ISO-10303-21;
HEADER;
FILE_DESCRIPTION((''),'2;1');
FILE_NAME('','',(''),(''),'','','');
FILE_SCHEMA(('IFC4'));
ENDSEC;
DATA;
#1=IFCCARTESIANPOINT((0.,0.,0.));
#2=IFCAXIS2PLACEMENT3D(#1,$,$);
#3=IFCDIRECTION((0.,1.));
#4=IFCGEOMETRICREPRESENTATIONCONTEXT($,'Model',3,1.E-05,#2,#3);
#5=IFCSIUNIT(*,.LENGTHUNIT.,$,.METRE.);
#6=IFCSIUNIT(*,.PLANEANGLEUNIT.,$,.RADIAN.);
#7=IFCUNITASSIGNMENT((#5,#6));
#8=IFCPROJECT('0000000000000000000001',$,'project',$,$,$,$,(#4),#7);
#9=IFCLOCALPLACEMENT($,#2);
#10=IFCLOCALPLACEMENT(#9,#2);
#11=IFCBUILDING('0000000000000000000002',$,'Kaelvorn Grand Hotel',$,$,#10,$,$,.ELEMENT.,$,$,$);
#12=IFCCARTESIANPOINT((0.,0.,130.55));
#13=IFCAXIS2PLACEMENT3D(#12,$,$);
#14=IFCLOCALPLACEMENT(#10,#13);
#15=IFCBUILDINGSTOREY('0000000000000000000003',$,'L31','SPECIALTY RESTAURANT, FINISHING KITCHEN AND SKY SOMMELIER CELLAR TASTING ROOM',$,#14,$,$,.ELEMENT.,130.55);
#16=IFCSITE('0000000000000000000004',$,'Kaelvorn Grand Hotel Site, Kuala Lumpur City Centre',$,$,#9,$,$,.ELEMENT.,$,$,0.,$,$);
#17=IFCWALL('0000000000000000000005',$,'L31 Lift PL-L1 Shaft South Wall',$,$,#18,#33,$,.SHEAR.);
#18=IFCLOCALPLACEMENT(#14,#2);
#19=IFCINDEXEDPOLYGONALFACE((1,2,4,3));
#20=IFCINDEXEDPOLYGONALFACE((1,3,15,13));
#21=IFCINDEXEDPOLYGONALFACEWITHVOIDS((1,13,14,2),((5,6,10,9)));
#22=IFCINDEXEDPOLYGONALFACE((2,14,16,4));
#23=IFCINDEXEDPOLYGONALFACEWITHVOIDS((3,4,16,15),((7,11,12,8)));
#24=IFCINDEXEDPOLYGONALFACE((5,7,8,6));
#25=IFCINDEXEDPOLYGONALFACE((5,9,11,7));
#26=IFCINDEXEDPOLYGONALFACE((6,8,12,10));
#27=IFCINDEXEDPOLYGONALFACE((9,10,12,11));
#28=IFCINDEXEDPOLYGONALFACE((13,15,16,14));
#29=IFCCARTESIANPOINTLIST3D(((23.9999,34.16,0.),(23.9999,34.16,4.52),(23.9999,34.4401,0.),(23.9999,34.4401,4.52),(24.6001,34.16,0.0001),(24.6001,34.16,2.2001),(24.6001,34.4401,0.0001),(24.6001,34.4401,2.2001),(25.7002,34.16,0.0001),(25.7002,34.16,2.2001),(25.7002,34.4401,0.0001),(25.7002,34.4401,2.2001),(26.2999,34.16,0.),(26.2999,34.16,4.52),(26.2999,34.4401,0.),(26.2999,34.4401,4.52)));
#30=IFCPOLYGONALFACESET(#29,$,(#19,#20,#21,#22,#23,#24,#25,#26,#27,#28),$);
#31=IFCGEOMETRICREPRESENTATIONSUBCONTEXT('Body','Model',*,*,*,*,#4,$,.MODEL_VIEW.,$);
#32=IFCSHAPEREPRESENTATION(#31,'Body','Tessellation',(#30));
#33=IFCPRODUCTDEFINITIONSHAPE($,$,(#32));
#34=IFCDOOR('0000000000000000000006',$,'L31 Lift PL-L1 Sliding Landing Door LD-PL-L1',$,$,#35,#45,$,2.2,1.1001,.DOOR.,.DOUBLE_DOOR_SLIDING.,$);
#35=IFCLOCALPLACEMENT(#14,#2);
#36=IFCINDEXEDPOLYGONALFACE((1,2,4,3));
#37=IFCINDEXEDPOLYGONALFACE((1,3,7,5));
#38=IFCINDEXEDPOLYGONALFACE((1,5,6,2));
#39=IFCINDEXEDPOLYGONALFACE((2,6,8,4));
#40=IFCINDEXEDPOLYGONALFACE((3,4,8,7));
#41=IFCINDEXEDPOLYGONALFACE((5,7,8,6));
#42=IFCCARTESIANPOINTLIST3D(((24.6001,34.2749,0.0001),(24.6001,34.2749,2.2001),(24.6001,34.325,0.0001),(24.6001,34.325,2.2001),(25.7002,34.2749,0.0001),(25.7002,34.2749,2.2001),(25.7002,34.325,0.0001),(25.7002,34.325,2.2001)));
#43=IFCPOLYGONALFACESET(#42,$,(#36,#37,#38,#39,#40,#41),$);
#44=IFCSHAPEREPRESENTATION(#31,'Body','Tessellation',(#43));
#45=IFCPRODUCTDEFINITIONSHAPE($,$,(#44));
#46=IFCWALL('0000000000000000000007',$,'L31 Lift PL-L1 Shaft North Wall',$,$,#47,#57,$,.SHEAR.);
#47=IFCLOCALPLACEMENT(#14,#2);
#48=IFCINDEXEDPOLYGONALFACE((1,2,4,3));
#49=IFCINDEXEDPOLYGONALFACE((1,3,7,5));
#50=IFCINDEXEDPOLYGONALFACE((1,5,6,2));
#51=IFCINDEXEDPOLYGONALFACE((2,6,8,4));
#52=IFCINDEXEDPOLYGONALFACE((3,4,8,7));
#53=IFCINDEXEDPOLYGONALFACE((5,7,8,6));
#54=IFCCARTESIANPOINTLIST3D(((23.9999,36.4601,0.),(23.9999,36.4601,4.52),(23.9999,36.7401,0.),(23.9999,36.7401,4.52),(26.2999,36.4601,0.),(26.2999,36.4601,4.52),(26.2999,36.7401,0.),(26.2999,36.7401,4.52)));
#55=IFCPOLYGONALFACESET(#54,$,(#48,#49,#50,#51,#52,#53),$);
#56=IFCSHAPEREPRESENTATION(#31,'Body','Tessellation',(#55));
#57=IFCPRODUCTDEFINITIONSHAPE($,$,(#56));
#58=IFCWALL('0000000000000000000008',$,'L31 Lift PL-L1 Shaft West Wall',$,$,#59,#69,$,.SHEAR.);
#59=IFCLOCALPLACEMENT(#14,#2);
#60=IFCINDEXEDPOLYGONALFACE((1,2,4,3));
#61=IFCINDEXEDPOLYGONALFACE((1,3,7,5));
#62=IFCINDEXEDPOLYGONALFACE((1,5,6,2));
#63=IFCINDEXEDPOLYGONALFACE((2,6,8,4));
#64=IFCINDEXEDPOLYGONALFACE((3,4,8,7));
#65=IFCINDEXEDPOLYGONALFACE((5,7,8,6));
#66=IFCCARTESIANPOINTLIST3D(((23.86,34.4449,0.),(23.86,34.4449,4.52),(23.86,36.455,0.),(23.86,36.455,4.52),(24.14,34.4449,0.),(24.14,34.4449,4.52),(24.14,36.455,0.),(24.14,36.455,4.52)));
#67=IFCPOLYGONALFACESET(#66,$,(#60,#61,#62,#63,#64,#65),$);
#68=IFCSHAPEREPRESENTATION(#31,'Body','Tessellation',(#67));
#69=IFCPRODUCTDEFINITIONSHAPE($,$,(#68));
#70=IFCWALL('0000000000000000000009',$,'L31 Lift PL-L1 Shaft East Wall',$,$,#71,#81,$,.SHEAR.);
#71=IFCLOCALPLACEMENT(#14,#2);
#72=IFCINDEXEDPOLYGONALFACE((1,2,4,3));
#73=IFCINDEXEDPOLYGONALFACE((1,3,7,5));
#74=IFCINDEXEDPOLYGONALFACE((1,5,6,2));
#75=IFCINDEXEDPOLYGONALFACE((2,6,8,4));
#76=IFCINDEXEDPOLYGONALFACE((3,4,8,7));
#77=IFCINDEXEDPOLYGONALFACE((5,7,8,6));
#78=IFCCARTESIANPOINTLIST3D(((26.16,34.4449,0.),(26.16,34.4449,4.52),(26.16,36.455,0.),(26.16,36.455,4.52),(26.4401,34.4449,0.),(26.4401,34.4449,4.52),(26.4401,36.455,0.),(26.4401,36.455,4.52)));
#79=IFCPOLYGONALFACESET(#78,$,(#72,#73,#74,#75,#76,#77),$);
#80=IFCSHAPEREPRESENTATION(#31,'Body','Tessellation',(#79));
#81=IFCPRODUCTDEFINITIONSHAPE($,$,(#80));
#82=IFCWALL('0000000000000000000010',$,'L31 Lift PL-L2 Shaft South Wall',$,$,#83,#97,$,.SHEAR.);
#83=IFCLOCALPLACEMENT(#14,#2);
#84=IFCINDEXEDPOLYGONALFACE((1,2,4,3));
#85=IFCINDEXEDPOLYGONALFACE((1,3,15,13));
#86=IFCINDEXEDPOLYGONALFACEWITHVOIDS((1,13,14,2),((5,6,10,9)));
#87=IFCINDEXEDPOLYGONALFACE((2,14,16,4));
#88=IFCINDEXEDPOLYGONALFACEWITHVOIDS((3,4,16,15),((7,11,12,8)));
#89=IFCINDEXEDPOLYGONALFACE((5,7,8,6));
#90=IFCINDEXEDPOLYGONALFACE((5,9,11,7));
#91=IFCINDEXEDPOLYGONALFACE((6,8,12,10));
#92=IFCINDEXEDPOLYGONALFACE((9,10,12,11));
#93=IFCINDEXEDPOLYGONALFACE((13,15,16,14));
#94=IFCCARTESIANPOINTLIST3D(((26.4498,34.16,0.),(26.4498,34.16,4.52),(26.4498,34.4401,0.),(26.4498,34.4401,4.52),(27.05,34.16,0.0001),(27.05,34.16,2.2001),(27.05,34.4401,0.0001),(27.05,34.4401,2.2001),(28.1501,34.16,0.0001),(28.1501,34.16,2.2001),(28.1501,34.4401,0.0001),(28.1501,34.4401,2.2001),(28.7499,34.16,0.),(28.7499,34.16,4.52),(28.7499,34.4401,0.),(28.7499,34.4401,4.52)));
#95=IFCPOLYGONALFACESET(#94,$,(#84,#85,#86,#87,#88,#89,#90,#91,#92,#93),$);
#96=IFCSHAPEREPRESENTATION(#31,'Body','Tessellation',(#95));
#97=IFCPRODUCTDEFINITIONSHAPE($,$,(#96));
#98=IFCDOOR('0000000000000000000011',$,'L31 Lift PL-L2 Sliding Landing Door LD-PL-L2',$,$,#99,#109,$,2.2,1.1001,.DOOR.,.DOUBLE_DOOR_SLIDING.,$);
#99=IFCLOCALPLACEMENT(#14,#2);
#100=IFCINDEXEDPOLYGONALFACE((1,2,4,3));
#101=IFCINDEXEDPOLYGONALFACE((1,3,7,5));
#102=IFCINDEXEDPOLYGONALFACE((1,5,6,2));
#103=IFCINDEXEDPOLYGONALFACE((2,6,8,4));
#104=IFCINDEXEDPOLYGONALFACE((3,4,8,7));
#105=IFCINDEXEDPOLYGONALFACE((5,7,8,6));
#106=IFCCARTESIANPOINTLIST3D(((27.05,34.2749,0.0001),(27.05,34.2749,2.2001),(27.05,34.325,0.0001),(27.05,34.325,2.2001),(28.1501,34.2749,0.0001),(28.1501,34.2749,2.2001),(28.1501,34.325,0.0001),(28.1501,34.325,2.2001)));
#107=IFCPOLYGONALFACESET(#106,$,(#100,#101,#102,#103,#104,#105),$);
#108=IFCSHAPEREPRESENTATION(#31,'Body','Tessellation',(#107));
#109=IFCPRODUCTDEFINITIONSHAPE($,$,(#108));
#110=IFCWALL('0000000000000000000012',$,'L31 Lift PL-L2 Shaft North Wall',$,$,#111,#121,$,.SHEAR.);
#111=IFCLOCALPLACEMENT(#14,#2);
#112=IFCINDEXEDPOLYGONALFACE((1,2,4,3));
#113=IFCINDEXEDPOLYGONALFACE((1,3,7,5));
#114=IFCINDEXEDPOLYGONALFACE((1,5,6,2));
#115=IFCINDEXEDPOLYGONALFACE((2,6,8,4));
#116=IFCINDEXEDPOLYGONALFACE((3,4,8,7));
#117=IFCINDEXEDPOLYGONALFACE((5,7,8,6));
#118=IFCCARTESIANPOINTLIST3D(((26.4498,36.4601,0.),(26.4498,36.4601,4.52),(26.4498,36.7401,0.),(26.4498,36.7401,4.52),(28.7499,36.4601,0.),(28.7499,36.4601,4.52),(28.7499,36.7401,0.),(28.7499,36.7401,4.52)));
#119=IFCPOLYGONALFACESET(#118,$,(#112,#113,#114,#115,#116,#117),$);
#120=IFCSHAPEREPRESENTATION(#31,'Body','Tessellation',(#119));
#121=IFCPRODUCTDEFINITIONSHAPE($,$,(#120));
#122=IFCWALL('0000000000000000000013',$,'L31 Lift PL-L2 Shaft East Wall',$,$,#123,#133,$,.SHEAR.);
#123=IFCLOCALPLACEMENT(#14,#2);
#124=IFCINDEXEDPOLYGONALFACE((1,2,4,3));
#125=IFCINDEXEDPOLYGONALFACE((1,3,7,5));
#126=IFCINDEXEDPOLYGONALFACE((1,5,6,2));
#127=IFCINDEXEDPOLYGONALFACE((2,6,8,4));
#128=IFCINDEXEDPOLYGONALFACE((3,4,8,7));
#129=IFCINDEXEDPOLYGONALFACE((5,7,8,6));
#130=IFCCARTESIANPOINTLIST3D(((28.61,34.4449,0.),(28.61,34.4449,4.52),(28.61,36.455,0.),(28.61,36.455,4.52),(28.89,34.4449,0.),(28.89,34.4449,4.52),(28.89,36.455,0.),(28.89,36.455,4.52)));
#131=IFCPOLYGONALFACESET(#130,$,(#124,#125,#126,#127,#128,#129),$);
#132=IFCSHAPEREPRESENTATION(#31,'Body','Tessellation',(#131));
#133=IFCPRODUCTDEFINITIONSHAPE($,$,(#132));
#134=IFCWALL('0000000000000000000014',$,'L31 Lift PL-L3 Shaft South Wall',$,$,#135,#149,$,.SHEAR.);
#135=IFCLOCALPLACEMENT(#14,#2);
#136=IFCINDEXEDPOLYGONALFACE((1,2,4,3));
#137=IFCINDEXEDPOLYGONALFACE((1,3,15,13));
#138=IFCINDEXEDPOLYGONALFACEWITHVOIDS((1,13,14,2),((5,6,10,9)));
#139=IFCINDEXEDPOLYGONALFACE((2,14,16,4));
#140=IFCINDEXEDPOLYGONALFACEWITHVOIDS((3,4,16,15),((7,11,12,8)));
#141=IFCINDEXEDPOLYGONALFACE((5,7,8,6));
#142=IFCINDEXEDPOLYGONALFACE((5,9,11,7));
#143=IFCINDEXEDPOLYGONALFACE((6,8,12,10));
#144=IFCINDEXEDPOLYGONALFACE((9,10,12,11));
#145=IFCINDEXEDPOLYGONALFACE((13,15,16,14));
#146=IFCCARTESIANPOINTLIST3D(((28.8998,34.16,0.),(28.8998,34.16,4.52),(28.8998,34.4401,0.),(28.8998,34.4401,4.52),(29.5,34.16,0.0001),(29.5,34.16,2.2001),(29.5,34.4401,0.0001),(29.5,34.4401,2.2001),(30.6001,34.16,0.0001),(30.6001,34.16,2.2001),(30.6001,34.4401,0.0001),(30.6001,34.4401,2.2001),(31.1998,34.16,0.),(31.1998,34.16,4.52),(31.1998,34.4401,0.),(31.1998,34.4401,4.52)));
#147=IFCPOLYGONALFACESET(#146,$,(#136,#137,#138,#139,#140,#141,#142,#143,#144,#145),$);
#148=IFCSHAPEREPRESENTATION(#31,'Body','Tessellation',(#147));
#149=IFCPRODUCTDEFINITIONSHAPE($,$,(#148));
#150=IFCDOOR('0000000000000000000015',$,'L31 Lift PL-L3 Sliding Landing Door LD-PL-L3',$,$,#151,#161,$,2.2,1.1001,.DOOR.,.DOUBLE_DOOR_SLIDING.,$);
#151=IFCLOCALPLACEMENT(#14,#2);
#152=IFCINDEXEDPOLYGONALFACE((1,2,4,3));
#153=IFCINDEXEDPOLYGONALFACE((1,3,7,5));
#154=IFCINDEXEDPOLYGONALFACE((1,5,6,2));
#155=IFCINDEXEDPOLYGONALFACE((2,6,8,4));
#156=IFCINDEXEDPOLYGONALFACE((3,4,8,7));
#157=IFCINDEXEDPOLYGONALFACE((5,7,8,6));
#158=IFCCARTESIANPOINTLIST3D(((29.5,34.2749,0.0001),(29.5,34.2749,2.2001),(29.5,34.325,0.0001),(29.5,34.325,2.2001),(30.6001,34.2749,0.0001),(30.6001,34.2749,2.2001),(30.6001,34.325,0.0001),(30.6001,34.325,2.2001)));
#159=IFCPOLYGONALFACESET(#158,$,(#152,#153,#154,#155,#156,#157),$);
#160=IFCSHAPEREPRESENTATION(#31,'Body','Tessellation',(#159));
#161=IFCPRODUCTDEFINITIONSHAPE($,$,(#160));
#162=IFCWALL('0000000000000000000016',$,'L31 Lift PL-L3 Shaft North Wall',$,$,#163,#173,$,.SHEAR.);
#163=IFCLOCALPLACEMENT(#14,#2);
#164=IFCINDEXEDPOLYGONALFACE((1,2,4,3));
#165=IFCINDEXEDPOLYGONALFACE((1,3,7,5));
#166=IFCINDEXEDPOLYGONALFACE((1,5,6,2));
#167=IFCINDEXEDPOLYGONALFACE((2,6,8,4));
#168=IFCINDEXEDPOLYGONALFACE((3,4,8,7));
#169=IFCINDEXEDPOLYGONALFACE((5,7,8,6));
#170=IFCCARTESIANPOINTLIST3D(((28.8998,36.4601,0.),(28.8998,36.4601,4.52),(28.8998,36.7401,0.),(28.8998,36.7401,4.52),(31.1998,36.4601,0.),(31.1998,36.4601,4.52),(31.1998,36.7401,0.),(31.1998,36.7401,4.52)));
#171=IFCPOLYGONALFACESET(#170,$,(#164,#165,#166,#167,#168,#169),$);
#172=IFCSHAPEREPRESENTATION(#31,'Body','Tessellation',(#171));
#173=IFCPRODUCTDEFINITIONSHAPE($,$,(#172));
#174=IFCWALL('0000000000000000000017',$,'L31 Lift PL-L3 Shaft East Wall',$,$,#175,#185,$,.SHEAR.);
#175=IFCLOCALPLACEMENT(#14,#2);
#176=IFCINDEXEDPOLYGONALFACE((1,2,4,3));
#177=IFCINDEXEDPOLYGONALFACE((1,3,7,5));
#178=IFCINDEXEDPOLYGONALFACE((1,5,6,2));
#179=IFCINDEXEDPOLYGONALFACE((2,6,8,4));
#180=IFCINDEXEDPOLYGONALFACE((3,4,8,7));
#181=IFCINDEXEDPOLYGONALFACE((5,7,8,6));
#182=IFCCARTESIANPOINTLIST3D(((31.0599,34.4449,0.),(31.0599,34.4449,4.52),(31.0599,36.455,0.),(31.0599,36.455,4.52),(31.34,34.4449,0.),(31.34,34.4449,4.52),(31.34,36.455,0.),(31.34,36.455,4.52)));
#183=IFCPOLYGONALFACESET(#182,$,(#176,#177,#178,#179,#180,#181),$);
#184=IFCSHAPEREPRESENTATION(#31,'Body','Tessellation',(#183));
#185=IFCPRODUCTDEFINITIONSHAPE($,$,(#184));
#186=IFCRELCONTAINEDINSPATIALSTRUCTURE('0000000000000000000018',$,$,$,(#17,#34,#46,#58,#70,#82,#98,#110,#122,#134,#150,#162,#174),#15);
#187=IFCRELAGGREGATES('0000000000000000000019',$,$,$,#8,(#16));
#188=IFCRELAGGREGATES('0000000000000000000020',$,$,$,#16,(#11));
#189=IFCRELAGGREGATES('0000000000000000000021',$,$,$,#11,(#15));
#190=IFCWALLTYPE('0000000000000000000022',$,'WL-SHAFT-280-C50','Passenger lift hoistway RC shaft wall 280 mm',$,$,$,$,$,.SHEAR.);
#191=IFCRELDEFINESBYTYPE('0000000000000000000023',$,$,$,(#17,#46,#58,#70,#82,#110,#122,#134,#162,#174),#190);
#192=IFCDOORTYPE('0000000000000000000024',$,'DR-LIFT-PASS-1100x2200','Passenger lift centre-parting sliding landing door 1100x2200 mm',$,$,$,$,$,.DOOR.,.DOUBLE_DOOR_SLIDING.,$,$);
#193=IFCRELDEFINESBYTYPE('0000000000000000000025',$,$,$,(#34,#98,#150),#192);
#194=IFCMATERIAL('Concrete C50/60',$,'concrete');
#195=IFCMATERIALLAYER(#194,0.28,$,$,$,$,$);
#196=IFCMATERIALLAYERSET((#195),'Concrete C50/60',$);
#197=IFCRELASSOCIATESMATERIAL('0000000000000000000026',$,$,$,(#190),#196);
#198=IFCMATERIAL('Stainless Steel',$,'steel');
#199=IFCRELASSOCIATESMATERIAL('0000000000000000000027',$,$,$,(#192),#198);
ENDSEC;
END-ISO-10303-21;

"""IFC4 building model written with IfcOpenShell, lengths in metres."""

from ifc_helpers import new_model, si_unit, direction, frame, frame_2d, origin, place, context, subcontext, project, spatial, rectangle, extrude, material, layer, layer_set, type_object, element, fill, save


model = new_model("IFC4")

# Units and contexts
model_context = context("Model", 3, precision=1e-05, world=origin(), true_north=direction((0.0, 1.0)))
body_context = subcontext(model_context, "Body", "Model", "MODEL_VIEW")
ifc_project = project(units=[si_unit("LENGTHUNIT", "METRE"), si_unit("PLANEANGLEUNIT", "RADIAN")], contexts=[model_context])

# Site, building, storey
site_placement = place(None, origin())
site = spatial("IfcSite", under=ifc_project, at=site_placement, Name="Kaelvorn Grand Hotel Site, Kuala Lumpur City Centre", CompositionType="ELEMENT", RefElevation=0.0)
building_placement = place(site_placement, origin())
building = spatial("IfcBuilding", under=site, at=building_placement, Name="Kaelvorn Grand Hotel", CompositionType="ELEMENT")
storey_placement = place(building_placement, frame((0.0, 0.0, 130.55)))
storey = spatial("IfcBuildingStorey", under=building, at=storey_placement, Name="L31", Description="SPECIALTY RESTAURANT, FINISHING KITCHEN AND SKY SOMMELIER CELLAR TASTING ROOM", CompositionType="ELEMENT", Elevation=130.55)

# Wall, opening, door
ifc_material_1 = material(Name="Concrete C50/60", Category="concrete")
ifc_layer_1 = layer(ifc_material_1, 0.28)
ifc_layer_set_1 = layer_set([ifc_layer_1], Name="Concrete C50/60")
wall_type_1 = type_object("IfcWallType", Name="WL-SHAFT-280-C50", Description="Passenger lift hoistway RC shaft wall 280 mm", PredefinedType="SHEAR", material=ifc_layer_set_1)
wall_1_placement = place(storey_placement, frame((24.0, 34.3, 0.0), z_axis=(0.0, 0.0, 1.0), x_axis=(1.0, 0.0, 0.0)))
wall_1 = element("IfcWall", 1, at=wall_1_placement, inside=storey, type_object=wall_type_1, Name="L31 Lift PL-L1 Shaft South Wall", PredefinedType="SHEAR", context=body_context, shape_type="SweptSolid", body=[
    extrude(rectangle(XDim=2.3, YDim=0.28, at=frame_2d((1.1499, 0.0))), origin(), (0.0, 0.0, 1.0), 4.52),
])
opening_1_placement = place(wall_1_placement, frame((0.6001, 0.0, 0.0)))
opening_1 = element("IfcOpeningElement", 2, at=opening_1_placement, cuts=wall_1, PredefinedType="OPENING", context=body_context, shape_type="SweptSolid", body=[
    extrude(rectangle(XDim=1.1001, YDim=2.2, at=frame_2d((0.55, 1.1001))), frame((0.0, 0.1499, 0.0), z_axis=(0.0, -1.0, 0.0), x_axis=(1.0, 0.0, 0.0)), (0.0, 0.0, 1.0), 0.3),
])
ifc_material_2 = material(Name="Stainless Steel", Category="steel")
door_type_1 = type_object("IfcDoorType", Name="DR-LIFT-PASS-1100x2200", Description="Passenger lift centre-parting sliding landing door 1100x2200 mm", OperationType="DOUBLE_DOOR_SLIDING", PredefinedType="DOOR", material=ifc_material_2)
door_1_placement = place(opening_1_placement, origin())
door_1 = element("IfcDoor", 3, at=door_1_placement, inside=storey, type_object=door_type_1, Name="L31 Lift PL-L1 Sliding Landing Door LD-PL-L1", OperationType="DOUBLE_DOOR_SLIDING", OverallHeight=2.2, OverallWidth=1.1001, PredefinedType="DOOR", context=body_context, shape_type="SweptSolid", body=[
    extrude(rectangle(XDim=1.1001, YDim=2.2, at=frame_2d((0.55, 1.1001))), frame((0.0, 0.0249, 0.0), z_axis=(0.0, -1.0, 0.0), x_axis=(1.0, 0.0, 0.0)), (0.0, 0.0, 1.0), 0.05),
])
fill(opening_1, door_1)

# Walls
wall_2_placement = place(storey_placement, frame((24.0, 36.6001, 0.0), z_axis=(0.0, 0.0, 1.0), x_axis=(1.0, 0.0, 0.0)))
element("IfcWall", 4, at=wall_2_placement, inside=storey, type_object=wall_type_1, Name="L31 Lift PL-L1 Shaft North Wall", PredefinedType="SHEAR", context=body_context, shape_type="SweptSolid", body=[
    extrude(rectangle(XDim=2.3, YDim=0.28, at=frame_2d((1.1499, 0.0))), origin(), (0.0, 0.0, 1.0), 4.52),
])
for number, where, z_axis, x_axis, name in (
    (5, (24.0, 34.4451, 0.0), (0.0, 0.0, 1.0), (0.0, 1.0, 0.0), "L31 Lift PL-L1 Shaft West Wall"),
    (6, (26.3, 34.4451, 0.0), (0.0, 0.0, 1.0), (0.0, 1.0, 0.0), "L31 Lift PL-L1 Shaft East Wall"),
):
    element("IfcWall", number, at=place(storey_placement, frame(where, z_axis=z_axis, x_axis=x_axis)), inside=storey, type_object=wall_type_1, Name=name, PredefinedType="SHEAR", context=body_context, shape_type="SweptSolid", body=[
        extrude(rectangle(XDim=2.01, YDim=0.28, at=frame_2d((1.0049, 0.0))), origin(), (0.0, 0.0, 1.0), 4.52),
    ])

# Wall, opening, door
wall_3_placement = place(storey_placement, frame((26.45, 34.3, 0.0), z_axis=(0.0, 0.0, 1.0), x_axis=(1.0, 0.0, 0.0)))
wall_3 = element("IfcWall", 7, at=wall_3_placement, inside=storey, type_object=wall_type_1, Name="L31 Lift PL-L2 Shaft South Wall", PredefinedType="SHEAR", context=body_context, shape_type="SweptSolid", body=[
    extrude(rectangle(XDim=2.3, YDim=0.28, at=frame_2d((1.1499, 0.0))), origin(), (0.0, 0.0, 1.0), 4.52),
])
opening_2_placement = place(wall_3_placement, frame((0.6001, 0.0, 0.0)))
opening_2 = element("IfcOpeningElement", 8, at=opening_2_placement, cuts=wall_3, PredefinedType="OPENING", context=body_context, shape_type="SweptSolid", body=[
    extrude(rectangle(XDim=1.1001, YDim=2.2, at=frame_2d((0.55, 1.1001))), frame((0.0, 0.1499, 0.0), z_axis=(0.0, -1.0, 0.0), x_axis=(1.0, 0.0, 0.0)), (0.0, 0.0, 1.0), 0.3),
])
door_2_placement = place(opening_2_placement, origin())
door_2 = element("IfcDoor", 9, at=door_2_placement, inside=storey, type_object=door_type_1, Name="L31 Lift PL-L2 Sliding Landing Door LD-PL-L2", OperationType="DOUBLE_DOOR_SLIDING", OverallHeight=2.2, OverallWidth=1.1001, PredefinedType="DOOR", context=body_context, shape_type="SweptSolid", body=[
    extrude(rectangle(XDim=1.1001, YDim=2.2, at=frame_2d((0.55, 1.1001))), frame((0.0, 0.0249, 0.0), z_axis=(0.0, -1.0, 0.0), x_axis=(1.0, 0.0, 0.0)), (0.0, 0.0, 1.0), 0.05),
])
fill(opening_2, door_2)

# Walls
wall_4_placement = place(storey_placement, frame((26.45, 36.6001, 0.0), z_axis=(0.0, 0.0, 1.0), x_axis=(1.0, 0.0, 0.0)))
element("IfcWall", 10, at=wall_4_placement, inside=storey, type_object=wall_type_1, Name="L31 Lift PL-L2 Shaft North Wall", PredefinedType="SHEAR", context=body_context, shape_type="SweptSolid", body=[
    extrude(rectangle(XDim=2.3, YDim=0.28, at=frame_2d((1.1499, 0.0))), origin(), (0.0, 0.0, 1.0), 4.52),
])
wall_5_placement = place(storey_placement, frame((28.75, 34.4451, 0.0), z_axis=(0.0, 0.0, 1.0), x_axis=(0.0, 1.0, 0.0)))
element("IfcWall", 11, at=wall_5_placement, inside=storey, type_object=wall_type_1, Name="L31 Lift PL-L2 Shaft East Wall", PredefinedType="SHEAR", context=body_context, shape_type="SweptSolid", body=[
    extrude(rectangle(XDim=2.01, YDim=0.28, at=frame_2d((1.0049, 0.0))), origin(), (0.0, 0.0, 1.0), 4.52),
])

# Wall, opening, door
wall_6_placement = place(storey_placement, frame((28.8999, 34.3, 0.0), z_axis=(0.0, 0.0, 1.0), x_axis=(1.0, 0.0, 0.0)))
wall_6 = element("IfcWall", 12, at=wall_6_placement, inside=storey, type_object=wall_type_1, Name="L31 Lift PL-L3 Shaft South Wall", PredefinedType="SHEAR", context=body_context, shape_type="SweptSolid", body=[
    extrude(rectangle(XDim=2.3, YDim=0.28, at=frame_2d((1.1499, 0.0))), origin(), (0.0, 0.0, 1.0), 4.52),
])
opening_3_placement = place(wall_6_placement, frame((0.6001, 0.0, 0.0)))
opening_3 = element("IfcOpeningElement", 13, at=opening_3_placement, cuts=wall_6, PredefinedType="OPENING", context=body_context, shape_type="SweptSolid", body=[
    extrude(rectangle(XDim=1.1001, YDim=2.2, at=frame_2d((0.55, 1.1001))), frame((0.0, 0.1499, 0.0), z_axis=(0.0, -1.0, 0.0), x_axis=(1.0, 0.0, 0.0)), (0.0, 0.0, 1.0), 0.3),
])
door_3_placement = place(opening_3_placement, origin())
door_3 = element("IfcDoor", 14, at=door_3_placement, inside=storey, type_object=door_type_1, Name="L31 Lift PL-L3 Sliding Landing Door LD-PL-L3", OperationType="DOUBLE_DOOR_SLIDING", OverallHeight=2.2, OverallWidth=1.1001, PredefinedType="DOOR", context=body_context, shape_type="SweptSolid", body=[
    extrude(rectangle(XDim=1.1001, YDim=2.2, at=frame_2d((0.55, 1.1001))), frame((0.0, 0.0249, 0.0), z_axis=(0.0, -1.0, 0.0), x_axis=(1.0, 0.0, 0.0)), (0.0, 0.0, 1.0), 0.05),
])
fill(opening_3, door_3)

# Walls
wall_7_placement = place(storey_placement, frame((28.8999, 36.6001, 0.0), z_axis=(0.0, 0.0, 1.0), x_axis=(1.0, 0.0, 0.0)))
element("IfcWall", 15, at=wall_7_placement, inside=storey, type_object=wall_type_1, Name="L31 Lift PL-L3 Shaft North Wall", PredefinedType="SHEAR", context=body_context, shape_type="SweptSolid", body=[
    extrude(rectangle(XDim=2.3, YDim=0.28, at=frame_2d((1.1499, 0.0))), origin(), (0.0, 0.0, 1.0), 4.52),
])
wall_8_placement = place(storey_placement, frame((31.2, 34.4451, 0.0), z_axis=(0.0, 0.0, 1.0), x_axis=(0.0, 1.0, 0.0)))
element("IfcWall", 16, at=wall_8_placement, inside=storey, type_object=wall_type_1, Name="L31 Lift PL-L3 Shaft East Wall", PredefinedType="SHEAR", context=body_context, shape_type="SweptSolid", body=[
    extrude(rectangle(XDim=2.01, YDim=0.28, at=frame_2d((1.0049, 0.0))), origin(), (0.0, 0.0, 1.0), 4.52),
])

save(model, "model.ifc")
